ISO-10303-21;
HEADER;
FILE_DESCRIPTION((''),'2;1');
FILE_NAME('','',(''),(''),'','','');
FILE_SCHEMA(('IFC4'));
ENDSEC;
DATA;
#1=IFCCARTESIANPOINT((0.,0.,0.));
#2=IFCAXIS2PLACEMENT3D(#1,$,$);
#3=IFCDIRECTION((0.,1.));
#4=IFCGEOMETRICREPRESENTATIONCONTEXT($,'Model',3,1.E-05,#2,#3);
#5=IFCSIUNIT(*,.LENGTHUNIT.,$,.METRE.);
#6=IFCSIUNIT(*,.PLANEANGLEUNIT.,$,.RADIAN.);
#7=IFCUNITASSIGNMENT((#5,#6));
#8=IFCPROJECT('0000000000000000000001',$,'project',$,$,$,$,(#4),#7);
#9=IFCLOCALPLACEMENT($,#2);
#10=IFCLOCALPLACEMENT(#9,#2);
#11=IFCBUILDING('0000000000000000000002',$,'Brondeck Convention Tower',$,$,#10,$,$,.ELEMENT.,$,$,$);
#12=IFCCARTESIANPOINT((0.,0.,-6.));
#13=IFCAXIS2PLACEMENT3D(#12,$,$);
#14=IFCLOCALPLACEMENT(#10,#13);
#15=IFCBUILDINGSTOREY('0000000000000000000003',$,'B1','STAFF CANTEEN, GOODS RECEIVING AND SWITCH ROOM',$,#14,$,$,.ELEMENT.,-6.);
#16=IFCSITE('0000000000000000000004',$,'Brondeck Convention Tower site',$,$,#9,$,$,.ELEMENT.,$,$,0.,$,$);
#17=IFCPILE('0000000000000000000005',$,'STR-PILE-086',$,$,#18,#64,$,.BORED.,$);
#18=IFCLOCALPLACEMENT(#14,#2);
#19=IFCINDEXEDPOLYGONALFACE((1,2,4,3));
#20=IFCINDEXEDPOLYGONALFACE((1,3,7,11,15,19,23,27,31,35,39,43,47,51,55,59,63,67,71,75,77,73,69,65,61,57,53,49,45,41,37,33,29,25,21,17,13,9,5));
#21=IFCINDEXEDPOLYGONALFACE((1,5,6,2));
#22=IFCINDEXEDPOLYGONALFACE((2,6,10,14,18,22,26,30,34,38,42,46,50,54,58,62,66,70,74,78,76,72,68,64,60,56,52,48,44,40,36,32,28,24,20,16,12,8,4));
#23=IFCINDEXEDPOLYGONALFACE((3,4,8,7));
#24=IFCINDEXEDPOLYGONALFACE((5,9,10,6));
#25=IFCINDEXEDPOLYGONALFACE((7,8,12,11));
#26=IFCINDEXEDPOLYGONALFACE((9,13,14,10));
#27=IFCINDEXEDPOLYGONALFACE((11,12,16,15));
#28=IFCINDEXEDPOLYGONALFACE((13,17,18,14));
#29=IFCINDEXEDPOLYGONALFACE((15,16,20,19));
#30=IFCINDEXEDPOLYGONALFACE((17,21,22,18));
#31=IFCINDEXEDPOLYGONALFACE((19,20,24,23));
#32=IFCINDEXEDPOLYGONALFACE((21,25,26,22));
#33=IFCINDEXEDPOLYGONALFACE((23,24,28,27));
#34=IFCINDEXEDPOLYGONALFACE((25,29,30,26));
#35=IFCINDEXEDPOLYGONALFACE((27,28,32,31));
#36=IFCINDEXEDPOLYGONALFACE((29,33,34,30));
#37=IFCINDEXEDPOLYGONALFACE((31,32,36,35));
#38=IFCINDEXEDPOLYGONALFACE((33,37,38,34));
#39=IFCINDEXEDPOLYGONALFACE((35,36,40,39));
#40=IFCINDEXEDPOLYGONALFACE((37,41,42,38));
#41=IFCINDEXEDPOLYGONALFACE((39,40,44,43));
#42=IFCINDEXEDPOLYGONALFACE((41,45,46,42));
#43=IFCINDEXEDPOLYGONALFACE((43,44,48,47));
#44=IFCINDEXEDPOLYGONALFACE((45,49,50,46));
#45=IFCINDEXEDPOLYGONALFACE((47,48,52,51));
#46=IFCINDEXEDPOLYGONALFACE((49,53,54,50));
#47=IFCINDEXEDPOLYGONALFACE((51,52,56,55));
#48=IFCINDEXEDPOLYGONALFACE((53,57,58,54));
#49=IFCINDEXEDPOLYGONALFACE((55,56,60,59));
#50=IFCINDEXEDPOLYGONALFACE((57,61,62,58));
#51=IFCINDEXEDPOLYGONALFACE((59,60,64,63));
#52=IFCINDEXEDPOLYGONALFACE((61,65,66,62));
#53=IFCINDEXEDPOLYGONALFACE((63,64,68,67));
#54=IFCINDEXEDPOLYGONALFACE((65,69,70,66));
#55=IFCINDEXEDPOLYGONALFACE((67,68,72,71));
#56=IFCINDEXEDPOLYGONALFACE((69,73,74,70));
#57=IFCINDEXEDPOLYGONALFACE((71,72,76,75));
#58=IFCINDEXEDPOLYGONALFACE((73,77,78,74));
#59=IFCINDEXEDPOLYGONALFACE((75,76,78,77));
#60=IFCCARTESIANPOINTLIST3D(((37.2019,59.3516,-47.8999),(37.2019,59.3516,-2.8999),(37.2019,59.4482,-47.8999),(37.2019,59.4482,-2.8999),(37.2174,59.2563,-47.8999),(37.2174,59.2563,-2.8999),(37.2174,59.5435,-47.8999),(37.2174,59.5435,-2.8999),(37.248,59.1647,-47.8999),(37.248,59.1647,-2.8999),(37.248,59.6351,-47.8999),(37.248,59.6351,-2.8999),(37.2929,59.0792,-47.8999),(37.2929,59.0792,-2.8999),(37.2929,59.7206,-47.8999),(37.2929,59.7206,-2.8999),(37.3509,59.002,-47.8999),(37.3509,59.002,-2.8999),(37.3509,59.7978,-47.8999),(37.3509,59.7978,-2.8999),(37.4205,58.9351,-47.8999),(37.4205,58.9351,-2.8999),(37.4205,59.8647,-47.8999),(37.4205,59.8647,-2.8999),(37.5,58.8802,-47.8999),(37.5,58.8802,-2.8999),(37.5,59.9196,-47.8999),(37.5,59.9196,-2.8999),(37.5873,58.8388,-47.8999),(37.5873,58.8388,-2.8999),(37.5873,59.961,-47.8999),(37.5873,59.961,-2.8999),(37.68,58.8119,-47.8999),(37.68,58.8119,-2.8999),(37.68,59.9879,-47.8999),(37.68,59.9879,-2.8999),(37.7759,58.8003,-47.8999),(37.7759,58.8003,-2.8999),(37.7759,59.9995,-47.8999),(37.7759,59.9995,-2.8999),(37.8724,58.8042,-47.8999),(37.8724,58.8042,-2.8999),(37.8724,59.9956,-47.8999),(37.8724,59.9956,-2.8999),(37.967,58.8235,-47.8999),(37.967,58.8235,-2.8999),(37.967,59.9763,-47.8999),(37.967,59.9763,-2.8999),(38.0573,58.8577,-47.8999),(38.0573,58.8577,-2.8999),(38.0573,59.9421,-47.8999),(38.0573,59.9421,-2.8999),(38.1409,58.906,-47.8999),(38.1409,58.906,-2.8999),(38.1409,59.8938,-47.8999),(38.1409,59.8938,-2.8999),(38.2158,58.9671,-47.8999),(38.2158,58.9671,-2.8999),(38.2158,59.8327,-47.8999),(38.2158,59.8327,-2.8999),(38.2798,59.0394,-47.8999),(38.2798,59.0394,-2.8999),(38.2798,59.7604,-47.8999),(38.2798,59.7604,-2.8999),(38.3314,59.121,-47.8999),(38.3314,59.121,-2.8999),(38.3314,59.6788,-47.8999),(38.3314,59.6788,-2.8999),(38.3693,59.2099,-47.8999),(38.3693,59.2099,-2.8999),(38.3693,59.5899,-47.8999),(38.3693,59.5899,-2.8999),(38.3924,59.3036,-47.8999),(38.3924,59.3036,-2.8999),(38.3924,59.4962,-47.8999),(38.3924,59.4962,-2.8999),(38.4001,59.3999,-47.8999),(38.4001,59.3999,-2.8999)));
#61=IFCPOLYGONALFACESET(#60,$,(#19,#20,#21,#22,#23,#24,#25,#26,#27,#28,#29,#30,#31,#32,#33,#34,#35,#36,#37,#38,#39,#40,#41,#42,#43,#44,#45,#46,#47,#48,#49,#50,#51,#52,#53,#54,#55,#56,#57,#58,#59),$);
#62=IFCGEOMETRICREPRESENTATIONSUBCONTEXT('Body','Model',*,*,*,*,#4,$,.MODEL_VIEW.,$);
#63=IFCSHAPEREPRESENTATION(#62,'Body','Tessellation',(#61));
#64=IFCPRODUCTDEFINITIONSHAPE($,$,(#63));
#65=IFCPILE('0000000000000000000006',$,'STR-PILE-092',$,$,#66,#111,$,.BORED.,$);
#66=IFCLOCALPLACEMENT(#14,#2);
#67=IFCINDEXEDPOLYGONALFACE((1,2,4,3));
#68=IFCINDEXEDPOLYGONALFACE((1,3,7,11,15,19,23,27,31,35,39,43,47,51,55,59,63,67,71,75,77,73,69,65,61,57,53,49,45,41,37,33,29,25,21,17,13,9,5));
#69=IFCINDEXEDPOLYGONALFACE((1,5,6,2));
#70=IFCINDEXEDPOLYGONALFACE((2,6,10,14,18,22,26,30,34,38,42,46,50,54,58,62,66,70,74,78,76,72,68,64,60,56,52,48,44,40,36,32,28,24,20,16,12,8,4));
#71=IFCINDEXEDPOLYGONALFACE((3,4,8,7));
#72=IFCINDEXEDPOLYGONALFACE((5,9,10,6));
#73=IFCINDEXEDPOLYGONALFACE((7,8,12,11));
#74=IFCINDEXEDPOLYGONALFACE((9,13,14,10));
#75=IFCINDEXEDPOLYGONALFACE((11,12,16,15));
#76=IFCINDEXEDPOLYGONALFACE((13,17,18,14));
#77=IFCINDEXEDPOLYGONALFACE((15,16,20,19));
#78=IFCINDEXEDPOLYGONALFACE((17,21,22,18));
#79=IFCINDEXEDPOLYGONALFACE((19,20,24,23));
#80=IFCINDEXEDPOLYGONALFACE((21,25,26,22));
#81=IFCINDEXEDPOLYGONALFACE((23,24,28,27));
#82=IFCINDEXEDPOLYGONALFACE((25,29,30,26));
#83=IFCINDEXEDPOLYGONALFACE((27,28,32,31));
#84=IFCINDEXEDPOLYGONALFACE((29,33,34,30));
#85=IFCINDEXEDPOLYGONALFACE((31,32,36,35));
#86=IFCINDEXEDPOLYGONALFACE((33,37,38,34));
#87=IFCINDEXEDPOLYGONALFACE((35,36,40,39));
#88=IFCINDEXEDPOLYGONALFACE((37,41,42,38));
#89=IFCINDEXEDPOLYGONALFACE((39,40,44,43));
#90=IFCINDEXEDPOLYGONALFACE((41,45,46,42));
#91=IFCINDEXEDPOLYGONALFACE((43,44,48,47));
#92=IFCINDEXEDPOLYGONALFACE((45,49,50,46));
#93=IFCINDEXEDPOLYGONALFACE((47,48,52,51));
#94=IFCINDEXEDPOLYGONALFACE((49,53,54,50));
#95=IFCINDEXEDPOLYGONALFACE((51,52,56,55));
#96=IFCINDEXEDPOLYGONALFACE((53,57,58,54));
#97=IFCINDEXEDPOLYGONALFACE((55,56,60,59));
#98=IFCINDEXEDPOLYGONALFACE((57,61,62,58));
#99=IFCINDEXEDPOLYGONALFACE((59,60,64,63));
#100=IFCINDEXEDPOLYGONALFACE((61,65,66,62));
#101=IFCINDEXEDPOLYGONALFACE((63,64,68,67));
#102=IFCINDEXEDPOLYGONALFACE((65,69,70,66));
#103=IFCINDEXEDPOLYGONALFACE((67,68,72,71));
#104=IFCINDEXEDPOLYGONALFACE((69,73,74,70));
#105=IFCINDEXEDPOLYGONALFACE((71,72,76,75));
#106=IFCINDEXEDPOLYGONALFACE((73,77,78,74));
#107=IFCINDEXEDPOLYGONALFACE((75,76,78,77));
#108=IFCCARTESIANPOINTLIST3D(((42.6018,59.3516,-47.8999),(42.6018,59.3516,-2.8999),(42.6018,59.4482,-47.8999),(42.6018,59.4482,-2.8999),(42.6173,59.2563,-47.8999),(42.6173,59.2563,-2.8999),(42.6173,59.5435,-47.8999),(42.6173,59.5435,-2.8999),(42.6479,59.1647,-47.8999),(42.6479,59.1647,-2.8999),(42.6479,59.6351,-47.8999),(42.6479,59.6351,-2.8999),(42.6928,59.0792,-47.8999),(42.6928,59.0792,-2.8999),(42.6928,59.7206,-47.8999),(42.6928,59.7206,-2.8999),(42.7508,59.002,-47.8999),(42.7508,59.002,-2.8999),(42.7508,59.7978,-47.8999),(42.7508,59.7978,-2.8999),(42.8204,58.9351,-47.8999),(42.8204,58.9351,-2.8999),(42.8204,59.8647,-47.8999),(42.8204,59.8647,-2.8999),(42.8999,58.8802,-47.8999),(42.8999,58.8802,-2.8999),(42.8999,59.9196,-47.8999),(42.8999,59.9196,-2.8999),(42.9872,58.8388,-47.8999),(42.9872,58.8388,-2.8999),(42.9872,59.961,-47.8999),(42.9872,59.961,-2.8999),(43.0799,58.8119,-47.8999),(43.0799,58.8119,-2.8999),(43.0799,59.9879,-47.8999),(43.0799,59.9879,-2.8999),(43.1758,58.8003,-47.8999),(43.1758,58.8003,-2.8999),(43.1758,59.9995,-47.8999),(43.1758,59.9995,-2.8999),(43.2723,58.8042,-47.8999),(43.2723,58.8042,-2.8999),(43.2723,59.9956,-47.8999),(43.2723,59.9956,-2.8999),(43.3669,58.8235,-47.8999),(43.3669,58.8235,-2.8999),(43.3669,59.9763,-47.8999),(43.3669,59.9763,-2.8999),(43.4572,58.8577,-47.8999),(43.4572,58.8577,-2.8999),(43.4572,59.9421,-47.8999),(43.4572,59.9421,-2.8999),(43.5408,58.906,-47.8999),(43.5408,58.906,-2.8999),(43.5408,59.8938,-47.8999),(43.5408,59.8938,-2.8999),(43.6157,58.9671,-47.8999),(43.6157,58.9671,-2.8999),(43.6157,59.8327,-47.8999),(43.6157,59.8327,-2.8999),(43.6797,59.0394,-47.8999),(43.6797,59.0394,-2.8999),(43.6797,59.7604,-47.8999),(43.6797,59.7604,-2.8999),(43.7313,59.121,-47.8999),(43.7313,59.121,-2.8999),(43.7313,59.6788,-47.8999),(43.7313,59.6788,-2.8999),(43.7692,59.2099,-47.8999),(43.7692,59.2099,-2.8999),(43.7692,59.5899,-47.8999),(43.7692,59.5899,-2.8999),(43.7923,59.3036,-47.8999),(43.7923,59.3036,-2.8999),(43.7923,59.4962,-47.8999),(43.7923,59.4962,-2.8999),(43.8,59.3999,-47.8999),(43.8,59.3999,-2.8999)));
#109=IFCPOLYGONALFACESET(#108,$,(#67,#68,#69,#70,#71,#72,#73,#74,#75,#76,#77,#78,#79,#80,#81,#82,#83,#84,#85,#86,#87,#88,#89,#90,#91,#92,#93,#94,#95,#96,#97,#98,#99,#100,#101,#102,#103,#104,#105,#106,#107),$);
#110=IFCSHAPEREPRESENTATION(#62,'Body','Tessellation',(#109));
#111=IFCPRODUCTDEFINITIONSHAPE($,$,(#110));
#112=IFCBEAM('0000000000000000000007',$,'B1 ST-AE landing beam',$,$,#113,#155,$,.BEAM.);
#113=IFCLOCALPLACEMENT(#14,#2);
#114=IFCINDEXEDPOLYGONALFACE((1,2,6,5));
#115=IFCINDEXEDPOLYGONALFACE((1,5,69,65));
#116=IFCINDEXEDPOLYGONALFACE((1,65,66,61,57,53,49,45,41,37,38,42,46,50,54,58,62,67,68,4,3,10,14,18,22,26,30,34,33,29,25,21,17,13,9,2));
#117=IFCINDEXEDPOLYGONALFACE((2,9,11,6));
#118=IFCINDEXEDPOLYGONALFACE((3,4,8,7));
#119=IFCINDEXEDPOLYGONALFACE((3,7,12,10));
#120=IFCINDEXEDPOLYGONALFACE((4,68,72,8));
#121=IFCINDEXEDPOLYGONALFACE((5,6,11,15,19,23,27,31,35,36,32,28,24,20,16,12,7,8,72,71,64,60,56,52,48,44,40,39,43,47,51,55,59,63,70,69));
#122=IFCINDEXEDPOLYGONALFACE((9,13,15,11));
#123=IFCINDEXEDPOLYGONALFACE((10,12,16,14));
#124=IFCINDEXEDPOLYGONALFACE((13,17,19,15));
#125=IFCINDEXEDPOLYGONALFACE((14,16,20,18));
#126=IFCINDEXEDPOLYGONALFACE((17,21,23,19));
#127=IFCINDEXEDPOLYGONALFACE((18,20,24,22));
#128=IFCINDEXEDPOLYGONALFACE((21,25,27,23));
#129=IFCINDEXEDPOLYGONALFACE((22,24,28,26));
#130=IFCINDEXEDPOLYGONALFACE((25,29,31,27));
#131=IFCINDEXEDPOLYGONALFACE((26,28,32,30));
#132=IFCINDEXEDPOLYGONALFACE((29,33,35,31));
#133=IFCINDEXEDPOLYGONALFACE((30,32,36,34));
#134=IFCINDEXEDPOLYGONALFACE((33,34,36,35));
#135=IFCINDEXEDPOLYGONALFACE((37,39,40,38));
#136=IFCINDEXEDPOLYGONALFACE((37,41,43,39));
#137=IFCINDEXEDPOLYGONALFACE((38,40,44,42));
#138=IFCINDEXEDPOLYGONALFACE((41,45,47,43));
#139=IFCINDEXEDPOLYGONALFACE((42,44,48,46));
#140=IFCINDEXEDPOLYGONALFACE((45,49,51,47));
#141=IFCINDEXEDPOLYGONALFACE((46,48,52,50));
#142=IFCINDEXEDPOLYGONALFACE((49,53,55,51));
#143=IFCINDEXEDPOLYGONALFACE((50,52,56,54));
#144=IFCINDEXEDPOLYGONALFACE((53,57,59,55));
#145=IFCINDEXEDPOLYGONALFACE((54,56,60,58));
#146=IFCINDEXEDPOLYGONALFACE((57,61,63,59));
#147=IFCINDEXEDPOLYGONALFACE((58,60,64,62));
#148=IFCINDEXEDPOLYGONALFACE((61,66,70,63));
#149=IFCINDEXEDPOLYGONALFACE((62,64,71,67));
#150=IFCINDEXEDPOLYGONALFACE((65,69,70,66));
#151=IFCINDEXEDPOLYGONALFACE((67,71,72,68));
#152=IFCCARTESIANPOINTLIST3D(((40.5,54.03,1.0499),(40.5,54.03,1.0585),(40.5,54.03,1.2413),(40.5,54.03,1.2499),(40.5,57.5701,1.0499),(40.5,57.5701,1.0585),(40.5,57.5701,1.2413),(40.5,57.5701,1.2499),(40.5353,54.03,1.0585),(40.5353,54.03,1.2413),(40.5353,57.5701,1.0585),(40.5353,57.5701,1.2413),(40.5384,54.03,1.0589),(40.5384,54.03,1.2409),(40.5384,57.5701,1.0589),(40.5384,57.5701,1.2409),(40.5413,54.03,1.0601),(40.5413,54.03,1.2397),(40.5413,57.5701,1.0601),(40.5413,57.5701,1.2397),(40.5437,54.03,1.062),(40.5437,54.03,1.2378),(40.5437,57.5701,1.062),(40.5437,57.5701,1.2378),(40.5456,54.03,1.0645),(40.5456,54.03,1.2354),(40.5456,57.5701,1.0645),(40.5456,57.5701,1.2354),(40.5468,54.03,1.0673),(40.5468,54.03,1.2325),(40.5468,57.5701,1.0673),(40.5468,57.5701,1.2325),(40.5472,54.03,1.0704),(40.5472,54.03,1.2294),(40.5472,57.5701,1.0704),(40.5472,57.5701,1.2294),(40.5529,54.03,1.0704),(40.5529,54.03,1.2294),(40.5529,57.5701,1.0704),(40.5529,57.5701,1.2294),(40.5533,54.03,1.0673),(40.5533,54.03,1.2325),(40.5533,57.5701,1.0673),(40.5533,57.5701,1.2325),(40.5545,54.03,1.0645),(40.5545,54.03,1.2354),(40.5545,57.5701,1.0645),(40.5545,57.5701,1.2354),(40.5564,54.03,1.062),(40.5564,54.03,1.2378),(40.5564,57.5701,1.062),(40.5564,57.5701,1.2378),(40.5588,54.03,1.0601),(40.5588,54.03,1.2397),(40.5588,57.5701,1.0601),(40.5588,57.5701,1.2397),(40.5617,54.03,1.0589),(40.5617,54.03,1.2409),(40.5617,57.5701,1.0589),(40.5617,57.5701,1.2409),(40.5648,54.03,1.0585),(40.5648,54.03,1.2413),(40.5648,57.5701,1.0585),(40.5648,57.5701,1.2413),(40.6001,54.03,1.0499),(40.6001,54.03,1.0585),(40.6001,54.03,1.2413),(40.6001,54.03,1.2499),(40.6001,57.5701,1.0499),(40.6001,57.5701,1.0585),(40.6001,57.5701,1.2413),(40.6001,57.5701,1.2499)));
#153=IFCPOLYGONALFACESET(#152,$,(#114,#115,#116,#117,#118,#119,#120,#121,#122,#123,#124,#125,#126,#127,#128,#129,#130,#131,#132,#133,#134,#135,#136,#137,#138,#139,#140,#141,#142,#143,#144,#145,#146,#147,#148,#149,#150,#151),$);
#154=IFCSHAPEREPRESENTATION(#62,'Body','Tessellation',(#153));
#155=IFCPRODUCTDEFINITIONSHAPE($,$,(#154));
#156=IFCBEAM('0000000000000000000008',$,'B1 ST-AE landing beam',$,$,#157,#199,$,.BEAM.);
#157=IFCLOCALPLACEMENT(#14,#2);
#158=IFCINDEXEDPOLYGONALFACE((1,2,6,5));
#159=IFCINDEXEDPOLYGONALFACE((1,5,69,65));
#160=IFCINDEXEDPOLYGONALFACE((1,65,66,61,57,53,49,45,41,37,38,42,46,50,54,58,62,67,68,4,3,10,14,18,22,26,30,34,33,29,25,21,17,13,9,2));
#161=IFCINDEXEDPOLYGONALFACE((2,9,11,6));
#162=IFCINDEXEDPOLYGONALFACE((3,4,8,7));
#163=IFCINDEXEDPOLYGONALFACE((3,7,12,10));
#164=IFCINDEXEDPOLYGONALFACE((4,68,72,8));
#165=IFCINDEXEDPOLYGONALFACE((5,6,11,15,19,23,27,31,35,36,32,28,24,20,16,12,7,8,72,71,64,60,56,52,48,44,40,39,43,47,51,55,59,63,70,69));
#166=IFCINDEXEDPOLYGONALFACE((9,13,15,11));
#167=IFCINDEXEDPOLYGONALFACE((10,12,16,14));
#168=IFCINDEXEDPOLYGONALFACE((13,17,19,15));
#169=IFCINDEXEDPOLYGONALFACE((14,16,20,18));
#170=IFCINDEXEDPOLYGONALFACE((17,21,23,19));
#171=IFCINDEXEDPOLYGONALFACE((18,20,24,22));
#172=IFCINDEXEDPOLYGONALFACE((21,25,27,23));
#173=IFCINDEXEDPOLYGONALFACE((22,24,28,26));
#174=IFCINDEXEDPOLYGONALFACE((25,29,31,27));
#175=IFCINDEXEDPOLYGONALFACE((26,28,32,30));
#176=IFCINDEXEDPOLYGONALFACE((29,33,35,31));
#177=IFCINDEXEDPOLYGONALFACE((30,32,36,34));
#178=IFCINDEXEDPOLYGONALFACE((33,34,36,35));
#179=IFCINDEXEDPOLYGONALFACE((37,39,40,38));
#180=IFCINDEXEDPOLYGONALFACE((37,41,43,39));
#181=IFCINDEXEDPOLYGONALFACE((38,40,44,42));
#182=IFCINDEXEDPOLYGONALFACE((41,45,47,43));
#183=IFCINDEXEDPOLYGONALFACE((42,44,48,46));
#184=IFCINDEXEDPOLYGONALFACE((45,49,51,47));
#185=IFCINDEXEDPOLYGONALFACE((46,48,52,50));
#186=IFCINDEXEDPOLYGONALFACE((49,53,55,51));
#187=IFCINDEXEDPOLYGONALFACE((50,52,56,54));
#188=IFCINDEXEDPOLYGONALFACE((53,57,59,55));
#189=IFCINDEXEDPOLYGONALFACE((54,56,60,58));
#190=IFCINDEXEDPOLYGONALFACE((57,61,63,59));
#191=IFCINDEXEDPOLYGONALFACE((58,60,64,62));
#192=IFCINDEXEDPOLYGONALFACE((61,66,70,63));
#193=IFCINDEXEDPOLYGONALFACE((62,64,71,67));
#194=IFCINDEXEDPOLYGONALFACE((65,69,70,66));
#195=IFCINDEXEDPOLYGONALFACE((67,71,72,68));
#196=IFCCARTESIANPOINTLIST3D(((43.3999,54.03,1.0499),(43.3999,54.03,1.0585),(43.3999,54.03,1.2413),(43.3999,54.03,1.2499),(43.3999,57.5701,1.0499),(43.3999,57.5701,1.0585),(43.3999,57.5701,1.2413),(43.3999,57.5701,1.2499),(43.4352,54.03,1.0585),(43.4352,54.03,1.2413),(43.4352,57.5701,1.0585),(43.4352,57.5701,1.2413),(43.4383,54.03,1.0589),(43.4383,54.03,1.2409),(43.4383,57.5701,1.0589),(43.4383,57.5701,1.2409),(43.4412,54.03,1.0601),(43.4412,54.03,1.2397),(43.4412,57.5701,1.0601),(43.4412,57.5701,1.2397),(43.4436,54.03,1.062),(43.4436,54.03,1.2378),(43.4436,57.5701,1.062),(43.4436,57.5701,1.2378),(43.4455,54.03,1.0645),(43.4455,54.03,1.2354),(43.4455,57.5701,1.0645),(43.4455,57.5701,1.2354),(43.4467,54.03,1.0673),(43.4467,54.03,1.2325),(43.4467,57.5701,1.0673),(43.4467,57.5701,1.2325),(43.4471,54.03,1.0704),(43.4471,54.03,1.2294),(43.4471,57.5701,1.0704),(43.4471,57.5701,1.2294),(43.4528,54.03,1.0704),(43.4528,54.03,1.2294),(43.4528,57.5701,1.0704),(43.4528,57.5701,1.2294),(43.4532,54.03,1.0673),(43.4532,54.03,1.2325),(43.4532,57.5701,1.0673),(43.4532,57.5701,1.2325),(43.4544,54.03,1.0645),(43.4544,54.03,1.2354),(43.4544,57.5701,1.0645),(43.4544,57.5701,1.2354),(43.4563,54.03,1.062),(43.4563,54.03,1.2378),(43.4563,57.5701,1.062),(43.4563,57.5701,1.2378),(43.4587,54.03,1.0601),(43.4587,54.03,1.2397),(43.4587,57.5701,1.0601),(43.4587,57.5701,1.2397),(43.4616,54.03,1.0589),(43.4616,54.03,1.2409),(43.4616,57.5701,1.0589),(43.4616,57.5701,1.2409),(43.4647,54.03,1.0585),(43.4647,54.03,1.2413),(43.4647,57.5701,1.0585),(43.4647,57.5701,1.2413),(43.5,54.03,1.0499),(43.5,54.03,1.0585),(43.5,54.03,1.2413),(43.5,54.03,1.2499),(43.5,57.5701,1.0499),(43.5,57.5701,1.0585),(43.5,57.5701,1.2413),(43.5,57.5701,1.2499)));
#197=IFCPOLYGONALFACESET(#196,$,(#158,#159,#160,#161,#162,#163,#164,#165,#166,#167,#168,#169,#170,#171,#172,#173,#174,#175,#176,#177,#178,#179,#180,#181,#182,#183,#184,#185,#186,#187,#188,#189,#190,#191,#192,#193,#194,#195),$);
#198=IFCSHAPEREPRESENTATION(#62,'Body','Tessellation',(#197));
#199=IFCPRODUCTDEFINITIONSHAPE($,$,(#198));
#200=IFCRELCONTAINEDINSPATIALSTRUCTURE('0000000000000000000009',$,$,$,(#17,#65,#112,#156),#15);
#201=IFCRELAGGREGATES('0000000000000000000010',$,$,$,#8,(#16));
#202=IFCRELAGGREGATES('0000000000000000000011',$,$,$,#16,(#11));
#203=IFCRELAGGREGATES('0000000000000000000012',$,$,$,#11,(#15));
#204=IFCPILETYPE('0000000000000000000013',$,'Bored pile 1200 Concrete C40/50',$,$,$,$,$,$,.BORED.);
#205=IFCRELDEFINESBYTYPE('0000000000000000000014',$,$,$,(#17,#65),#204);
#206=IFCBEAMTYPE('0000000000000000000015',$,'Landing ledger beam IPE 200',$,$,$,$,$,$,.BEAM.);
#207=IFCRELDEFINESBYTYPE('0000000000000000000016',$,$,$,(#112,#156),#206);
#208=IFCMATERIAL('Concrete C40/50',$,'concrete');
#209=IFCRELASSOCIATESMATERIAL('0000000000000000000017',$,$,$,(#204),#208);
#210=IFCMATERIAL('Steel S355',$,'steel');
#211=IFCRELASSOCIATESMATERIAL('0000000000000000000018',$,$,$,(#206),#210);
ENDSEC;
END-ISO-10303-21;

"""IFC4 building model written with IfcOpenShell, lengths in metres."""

from ifc_helpers import new_model, si_unit, direction, frame, origin, origin_2d, place, context, subcontext, project, spatial, circle, i_section, extrude, material, material_profile, profile_set, type_object, element, save


model = new_model("IFC4")

# Units and contexts
model_context = context("Model", 3, precision=1e-05, world=origin(), true_north=direction((0.0, 1.0)))
body_context = subcontext(model_context, "Body", "Model", "MODEL_VIEW")
ifc_project = project(units=[si_unit("LENGTHUNIT", "METRE"), si_unit("PLANEANGLEUNIT", "RADIAN")], contexts=[model_context])

# Site, building, storey
site_placement = place(None, origin())
site = spatial("IfcSite", under=ifc_project, at=site_placement, Name="Brondeck Convention Tower site", CompositionType="ELEMENT", RefElevation=0.0)
building_placement = place(site_placement, origin())
building = spatial("IfcBuilding", under=site, at=building_placement, Name="Brondeck Convention Tower", CompositionType="ELEMENT")
storey_placement = place(building_placement, frame((0.0, 0.0, -6.0)))
storey = spatial("IfcBuildingStorey", under=building, at=storey_placement, Name="B1", Description="STAFF CANTEEN, GOODS RECEIVING AND SWITCH ROOM", CompositionType="ELEMENT", Elevation=-6.0)

# Piles
ifc_material_1 = material(Name="Concrete C40/50", Category="concrete")
ifc_material_profile_1 = material_profile(ifc_material_1, circle(Radius=0.6001, at=origin_2d()), Name="Bored pile 1200 Concrete C40/50")
ifc_profile_set_1 = profile_set([ifc_material_profile_1], Name="Concrete C40/50")
pile_type = type_object("IfcPileType", Name="Bored pile 1200 Concrete C40/50", PredefinedType="BORED", material=ifc_profile_set_1)
for number, where, z_axis, x_axis, name in (
    (1, (37.8, 59.3999, -2.8999), (0.0, 0.0, -1.0), (1.0, 0.0, 0.0), "STR-PILE-086"),
    (2, (43.2, 59.3999, -2.8999), (0.0, 0.0, -1.0), (1.0, 0.0, 0.0), "STR-PILE-092"),
):
    element("IfcPile", number, at=place(storey_placement, frame(where, z_axis=z_axis, x_axis=x_axis)), inside=storey, type_object=pile_type, Name=name, PredefinedType="BORED", context=body_context, shape_type="SweptSolid", body=[
        extrude(circle(Radius=0.6001, at=origin_2d()), origin(), (0.0, 0.0, 1.0), 45.0),
    ])

# Beams
ifc_material_2 = material(Name="Steel S355", Category="steel")
ifc_material_profile_2 = material_profile(ifc_material_2, i_section(OverallWidth=0.1001, OverallDepth=0.2, WebThickness=0.0056, FlangeThickness=0.0085, FilletRadius=0.012, at=origin_2d()), Name="IPE200")
ifc_profile_set_2 = profile_set([ifc_material_profile_2], Name="Steel S355")
beam_type = type_object("IfcBeamType", Name="Landing ledger beam IPE 200", PredefinedType="BEAM", material=ifc_profile_set_2)
for number, where, z_axis, x_axis, name in (
    (3, (40.55, 54.03, 1.1499), (0.0, 1.0, 0.0), (-1.0, 0.0, 0.0), "B1 ST-AE landing beam"),
    (4, (43.45, 54.03, 1.1499), (0.0, 1.0, 0.0), (-1.0, 0.0, 0.0), "B1 ST-AE landing beam"),
):
    element("IfcBeam", number, at=place(storey_placement, frame(where, z_axis=z_axis, x_axis=x_axis)), inside=storey, type_object=beam_type, Name=name, PredefinedType="BEAM", context=body_context, shape_type="SweptSolid", body=[
        extrude(i_section(OverallWidth=0.1001, OverallDepth=0.2, WebThickness=0.0056, FlangeThickness=0.0085, FilletRadius=0.012, at=origin_2d()), origin(), (0.0, 0.0, 1.0), 3.54),
    ])

save(model, "model.ifc")
